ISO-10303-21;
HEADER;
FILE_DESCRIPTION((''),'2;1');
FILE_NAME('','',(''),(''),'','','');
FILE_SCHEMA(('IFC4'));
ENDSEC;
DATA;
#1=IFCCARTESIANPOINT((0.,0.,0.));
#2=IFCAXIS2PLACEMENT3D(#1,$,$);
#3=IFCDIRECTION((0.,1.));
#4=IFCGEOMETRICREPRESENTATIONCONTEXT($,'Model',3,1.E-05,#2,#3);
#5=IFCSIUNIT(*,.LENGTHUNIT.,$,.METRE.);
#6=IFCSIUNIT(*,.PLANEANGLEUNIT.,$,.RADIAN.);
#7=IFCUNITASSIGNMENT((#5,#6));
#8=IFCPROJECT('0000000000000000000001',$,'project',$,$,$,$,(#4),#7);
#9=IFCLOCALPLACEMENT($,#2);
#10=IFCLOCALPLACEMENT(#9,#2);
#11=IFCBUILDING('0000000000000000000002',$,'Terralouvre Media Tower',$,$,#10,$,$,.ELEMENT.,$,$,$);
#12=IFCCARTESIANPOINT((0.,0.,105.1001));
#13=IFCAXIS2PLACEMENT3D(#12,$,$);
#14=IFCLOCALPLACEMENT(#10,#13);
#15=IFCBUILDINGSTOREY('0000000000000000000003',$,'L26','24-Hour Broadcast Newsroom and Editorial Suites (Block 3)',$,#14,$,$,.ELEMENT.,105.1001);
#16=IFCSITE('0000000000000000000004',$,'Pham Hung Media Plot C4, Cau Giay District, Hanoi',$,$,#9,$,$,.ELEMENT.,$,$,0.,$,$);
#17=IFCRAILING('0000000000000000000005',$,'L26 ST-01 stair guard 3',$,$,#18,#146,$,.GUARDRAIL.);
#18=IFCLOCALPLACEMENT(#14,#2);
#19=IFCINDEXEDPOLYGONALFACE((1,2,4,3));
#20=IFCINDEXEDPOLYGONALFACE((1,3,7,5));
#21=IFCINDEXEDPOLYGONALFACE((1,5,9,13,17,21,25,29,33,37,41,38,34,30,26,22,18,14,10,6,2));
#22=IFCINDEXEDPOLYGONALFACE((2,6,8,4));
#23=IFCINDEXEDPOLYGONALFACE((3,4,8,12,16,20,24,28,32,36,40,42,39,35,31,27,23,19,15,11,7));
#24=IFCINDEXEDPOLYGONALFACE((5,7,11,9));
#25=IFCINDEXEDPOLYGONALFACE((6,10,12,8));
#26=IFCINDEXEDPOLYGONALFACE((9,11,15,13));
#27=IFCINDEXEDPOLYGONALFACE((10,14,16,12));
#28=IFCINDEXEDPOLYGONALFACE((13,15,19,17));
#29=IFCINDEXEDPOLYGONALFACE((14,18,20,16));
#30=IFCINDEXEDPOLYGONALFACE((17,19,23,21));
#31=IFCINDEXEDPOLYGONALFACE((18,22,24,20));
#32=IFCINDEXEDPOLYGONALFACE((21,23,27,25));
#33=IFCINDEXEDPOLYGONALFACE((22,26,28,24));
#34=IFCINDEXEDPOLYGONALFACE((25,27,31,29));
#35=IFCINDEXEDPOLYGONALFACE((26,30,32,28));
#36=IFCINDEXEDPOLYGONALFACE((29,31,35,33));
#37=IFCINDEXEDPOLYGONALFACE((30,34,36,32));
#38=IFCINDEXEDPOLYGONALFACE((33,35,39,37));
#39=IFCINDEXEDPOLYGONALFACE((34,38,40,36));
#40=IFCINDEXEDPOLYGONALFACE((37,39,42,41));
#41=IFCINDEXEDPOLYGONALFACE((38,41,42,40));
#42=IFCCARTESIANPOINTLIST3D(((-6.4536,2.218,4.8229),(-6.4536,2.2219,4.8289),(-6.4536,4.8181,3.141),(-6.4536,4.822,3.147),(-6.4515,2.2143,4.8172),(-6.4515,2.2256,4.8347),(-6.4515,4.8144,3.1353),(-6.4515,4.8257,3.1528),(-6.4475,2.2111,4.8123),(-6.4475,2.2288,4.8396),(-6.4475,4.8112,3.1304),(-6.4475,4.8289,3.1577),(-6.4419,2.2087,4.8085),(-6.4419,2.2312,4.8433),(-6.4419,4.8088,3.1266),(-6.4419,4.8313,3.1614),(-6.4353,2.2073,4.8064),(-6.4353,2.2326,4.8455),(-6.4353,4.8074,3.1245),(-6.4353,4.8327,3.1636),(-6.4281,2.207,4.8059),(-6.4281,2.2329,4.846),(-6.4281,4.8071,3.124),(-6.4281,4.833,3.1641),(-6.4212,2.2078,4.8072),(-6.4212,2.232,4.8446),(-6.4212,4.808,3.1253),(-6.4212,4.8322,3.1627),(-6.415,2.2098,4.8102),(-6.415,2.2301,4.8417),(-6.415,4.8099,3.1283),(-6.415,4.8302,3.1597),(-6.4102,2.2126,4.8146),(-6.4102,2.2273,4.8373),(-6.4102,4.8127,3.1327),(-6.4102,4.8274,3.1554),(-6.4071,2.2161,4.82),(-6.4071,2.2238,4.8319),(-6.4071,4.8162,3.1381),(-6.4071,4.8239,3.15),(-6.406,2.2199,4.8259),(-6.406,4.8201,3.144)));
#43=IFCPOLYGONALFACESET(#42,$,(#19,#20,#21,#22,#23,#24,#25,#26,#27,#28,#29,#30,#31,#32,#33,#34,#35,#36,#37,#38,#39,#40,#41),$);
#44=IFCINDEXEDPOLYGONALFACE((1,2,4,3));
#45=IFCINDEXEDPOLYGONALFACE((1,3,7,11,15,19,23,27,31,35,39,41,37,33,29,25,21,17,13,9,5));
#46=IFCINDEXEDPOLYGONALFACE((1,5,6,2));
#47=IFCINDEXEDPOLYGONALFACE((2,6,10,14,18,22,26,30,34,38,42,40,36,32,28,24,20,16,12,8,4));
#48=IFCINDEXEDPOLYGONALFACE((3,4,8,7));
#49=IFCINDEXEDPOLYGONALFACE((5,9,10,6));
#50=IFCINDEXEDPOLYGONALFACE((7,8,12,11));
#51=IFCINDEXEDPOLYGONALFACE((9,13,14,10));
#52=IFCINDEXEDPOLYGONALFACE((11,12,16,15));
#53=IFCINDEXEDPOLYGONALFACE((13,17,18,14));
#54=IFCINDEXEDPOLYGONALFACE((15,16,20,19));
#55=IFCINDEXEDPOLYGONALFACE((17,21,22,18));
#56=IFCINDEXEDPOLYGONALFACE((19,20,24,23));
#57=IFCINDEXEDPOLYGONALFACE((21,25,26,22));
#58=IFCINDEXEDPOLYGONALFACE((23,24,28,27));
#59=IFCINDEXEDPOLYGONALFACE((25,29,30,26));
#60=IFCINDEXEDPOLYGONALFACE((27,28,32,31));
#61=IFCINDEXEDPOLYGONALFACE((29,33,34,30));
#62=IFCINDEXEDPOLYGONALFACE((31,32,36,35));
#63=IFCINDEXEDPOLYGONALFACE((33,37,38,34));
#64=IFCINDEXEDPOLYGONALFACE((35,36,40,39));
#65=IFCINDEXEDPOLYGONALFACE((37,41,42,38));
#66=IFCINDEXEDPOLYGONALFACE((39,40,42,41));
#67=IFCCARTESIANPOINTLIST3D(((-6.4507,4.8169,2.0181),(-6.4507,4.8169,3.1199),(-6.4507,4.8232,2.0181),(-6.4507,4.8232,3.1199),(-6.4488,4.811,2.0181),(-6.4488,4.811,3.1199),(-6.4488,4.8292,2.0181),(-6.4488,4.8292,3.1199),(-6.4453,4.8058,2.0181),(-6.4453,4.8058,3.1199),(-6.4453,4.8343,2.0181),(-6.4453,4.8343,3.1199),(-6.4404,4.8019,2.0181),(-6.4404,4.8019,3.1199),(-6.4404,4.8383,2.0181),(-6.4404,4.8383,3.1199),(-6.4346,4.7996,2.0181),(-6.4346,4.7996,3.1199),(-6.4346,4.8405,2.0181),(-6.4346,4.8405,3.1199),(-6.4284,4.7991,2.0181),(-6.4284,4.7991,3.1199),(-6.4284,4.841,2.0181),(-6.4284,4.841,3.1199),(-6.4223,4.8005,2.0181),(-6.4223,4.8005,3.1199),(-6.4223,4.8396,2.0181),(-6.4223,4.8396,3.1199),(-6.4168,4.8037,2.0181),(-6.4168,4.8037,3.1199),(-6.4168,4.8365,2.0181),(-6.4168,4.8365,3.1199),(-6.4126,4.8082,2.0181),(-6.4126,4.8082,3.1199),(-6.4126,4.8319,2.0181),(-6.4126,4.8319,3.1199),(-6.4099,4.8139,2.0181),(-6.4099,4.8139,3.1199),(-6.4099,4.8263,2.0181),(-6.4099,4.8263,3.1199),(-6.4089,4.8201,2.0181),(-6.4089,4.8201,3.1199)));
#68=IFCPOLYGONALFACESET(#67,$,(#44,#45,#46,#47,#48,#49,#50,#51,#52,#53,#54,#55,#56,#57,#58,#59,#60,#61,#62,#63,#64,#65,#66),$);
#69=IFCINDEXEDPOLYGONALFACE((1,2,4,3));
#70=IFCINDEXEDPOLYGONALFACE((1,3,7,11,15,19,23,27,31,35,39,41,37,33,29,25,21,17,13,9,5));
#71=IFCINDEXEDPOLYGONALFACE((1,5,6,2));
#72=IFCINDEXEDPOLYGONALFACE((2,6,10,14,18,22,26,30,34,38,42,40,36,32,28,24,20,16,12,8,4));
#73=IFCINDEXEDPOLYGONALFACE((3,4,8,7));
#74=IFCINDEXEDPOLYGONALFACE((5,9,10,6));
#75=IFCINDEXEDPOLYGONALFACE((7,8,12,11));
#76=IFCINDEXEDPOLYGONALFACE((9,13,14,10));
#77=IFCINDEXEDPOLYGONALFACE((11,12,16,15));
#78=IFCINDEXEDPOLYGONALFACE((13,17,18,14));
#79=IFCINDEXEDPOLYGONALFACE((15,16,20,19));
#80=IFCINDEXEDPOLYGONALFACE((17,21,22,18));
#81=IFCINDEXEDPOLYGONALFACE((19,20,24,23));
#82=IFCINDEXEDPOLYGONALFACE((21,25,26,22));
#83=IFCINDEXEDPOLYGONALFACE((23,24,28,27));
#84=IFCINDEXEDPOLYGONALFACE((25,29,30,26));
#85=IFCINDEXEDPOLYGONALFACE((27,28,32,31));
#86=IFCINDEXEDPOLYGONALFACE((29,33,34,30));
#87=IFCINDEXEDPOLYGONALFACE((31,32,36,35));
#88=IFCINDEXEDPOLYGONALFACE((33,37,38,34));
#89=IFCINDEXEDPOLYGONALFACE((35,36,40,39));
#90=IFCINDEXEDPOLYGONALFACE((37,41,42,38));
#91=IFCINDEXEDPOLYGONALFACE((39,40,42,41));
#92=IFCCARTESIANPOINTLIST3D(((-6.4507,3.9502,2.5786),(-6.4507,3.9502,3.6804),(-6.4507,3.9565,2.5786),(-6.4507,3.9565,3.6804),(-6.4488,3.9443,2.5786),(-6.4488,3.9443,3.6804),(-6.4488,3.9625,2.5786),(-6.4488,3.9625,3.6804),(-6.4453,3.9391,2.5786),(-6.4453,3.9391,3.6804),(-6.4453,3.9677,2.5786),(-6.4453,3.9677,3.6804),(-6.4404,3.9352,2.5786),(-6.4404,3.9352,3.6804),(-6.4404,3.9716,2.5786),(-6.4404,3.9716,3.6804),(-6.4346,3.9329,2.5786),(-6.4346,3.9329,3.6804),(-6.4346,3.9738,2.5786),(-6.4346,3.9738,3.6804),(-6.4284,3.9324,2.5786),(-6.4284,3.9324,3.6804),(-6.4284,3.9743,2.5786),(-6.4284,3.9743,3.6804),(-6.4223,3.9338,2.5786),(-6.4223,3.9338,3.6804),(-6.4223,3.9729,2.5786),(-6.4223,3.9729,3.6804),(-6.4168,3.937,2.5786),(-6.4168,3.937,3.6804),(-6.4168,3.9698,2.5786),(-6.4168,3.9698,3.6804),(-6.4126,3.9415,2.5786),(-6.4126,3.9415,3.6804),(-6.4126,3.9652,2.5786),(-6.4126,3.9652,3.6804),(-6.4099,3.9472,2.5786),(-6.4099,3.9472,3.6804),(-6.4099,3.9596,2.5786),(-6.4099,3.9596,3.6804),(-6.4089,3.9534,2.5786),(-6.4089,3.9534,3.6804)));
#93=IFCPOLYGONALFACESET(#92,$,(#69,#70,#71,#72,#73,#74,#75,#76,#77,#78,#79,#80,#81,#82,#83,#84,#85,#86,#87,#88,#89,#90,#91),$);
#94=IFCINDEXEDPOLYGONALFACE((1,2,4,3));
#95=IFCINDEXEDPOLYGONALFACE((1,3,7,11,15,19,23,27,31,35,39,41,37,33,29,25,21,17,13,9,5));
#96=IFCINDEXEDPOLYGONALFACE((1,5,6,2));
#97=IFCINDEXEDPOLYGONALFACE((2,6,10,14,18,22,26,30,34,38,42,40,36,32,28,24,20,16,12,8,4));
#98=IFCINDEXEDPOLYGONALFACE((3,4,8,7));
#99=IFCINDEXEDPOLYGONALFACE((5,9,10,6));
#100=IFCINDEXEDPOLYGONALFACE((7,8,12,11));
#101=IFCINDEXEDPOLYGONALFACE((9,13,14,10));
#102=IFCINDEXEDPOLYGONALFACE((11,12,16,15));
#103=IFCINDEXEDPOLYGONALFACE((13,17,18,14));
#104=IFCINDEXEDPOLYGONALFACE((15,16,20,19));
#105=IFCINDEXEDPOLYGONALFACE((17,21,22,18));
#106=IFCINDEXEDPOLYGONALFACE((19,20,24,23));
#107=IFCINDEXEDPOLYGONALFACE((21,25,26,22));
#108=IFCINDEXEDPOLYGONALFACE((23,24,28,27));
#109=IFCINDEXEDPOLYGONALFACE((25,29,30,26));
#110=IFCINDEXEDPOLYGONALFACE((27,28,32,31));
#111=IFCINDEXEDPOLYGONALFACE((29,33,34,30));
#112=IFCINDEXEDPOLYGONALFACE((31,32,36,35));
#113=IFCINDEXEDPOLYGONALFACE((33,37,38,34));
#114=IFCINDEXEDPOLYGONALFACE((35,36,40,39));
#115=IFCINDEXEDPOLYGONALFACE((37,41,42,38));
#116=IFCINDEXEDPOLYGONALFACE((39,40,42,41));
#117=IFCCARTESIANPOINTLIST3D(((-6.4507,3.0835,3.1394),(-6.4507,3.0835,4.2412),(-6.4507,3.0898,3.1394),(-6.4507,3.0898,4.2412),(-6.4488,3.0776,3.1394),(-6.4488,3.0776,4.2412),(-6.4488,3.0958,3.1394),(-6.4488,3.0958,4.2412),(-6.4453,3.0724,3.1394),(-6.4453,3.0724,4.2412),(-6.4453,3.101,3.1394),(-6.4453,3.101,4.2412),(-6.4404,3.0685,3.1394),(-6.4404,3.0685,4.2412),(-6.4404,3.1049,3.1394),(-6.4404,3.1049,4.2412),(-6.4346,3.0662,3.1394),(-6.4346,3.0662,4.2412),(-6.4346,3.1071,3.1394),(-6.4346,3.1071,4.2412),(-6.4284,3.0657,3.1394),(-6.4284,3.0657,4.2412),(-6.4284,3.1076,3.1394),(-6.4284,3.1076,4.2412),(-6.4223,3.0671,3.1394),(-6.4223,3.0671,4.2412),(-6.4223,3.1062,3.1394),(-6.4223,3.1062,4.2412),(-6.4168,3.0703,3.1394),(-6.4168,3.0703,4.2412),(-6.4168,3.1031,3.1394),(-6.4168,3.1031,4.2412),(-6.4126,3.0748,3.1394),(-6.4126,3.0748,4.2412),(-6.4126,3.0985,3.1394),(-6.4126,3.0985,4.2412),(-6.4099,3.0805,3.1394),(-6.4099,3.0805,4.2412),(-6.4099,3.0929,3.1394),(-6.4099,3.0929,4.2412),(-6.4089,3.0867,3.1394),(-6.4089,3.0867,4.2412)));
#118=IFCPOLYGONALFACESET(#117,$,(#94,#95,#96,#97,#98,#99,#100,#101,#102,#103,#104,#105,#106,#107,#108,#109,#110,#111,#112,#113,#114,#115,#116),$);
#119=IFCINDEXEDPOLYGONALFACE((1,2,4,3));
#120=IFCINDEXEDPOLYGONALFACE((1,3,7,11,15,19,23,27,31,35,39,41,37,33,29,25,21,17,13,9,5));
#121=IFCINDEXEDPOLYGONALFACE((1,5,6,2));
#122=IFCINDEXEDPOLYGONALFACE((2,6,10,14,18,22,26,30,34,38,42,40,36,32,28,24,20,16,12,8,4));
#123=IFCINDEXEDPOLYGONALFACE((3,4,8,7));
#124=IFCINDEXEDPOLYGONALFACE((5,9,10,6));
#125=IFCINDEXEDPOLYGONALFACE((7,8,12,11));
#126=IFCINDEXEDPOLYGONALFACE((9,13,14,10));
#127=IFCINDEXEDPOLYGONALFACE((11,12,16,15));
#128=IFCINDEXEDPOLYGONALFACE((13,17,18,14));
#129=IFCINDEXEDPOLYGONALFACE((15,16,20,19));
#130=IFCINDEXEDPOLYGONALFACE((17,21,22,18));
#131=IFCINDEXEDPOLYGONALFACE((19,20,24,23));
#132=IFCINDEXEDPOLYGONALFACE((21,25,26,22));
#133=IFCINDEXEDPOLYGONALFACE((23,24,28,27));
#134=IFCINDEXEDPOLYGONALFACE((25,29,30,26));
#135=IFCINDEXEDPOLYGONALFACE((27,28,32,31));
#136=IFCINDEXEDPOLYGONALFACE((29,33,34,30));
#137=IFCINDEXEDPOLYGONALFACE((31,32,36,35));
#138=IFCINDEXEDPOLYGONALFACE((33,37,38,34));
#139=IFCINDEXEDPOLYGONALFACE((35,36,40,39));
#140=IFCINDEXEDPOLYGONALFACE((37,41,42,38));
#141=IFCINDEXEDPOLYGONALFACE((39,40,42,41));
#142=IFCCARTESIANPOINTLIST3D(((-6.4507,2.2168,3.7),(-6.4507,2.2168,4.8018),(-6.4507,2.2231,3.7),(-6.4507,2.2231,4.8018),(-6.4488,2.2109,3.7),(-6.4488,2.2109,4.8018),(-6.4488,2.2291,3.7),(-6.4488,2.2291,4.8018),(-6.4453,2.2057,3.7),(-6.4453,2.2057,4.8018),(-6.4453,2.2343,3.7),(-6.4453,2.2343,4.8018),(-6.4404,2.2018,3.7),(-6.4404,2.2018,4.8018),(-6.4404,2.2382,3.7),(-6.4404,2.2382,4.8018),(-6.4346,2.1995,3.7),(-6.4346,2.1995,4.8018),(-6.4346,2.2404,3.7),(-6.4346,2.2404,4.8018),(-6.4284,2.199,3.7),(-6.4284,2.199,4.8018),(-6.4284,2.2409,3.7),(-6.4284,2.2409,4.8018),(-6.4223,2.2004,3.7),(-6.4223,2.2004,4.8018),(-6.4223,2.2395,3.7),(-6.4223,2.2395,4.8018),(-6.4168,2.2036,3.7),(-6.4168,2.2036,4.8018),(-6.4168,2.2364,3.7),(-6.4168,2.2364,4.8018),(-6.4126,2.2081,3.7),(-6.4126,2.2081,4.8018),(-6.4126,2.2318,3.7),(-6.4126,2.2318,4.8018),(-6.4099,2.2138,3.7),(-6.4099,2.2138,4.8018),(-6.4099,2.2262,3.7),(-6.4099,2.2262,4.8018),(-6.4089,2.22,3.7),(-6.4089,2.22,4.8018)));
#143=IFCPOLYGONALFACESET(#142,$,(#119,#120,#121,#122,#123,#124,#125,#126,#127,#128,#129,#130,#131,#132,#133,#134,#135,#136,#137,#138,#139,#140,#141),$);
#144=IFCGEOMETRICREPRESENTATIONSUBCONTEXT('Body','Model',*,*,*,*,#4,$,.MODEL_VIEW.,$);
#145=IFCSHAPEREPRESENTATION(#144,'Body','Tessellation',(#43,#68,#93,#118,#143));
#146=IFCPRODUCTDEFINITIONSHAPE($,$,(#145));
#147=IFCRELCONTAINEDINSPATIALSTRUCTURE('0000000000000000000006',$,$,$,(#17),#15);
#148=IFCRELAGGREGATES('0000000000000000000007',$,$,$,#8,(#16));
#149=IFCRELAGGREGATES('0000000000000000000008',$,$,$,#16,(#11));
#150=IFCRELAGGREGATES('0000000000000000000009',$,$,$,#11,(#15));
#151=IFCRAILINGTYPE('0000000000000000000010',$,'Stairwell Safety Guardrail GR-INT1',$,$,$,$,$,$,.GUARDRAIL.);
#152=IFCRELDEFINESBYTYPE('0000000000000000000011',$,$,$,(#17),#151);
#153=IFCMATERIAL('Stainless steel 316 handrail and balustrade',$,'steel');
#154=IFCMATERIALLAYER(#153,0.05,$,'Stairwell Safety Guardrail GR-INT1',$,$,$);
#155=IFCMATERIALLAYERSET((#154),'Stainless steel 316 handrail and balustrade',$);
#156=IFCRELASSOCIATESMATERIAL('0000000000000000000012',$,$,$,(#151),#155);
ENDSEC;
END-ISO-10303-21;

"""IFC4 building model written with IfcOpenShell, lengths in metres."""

from ifc_helpers import new_model, si_unit, direction, frame, origin, origin_2d, place, context, subcontext, project, spatial, circle, extrude, material, layer, layer_set, type_object, element, save


model = new_model("IFC4")

# Units and contexts
model_context = context("Model", 3, precision=1e-05, world=origin(), true_north=direction((0.0, 1.0)))
body_context = subcontext(model_context, "Body", "Model", "MODEL_VIEW")
ifc_project = project(units=[si_unit("LENGTHUNIT", "METRE"), si_unit("PLANEANGLEUNIT", "RADIAN")], contexts=[model_context])

# Site, building, storey
site_placement = place(None, origin())
site = spatial("IfcSite", under=ifc_project, at=site_placement, Name="Pham Hung Media Plot C4, Cau Giay District, Hanoi", CompositionType="ELEMENT", RefElevation=0.0)
building_placement = place(site_placement, origin())
building = spatial("IfcBuilding", under=site, at=building_placement, Name="Terralouvre Media Tower", CompositionType="ELEMENT")
storey_placement = place(building_placement, frame((0.0, 0.0, 105.1001)))
storey = spatial("IfcBuildingStorey", under=building, at=storey_placement, Name="L26", Description="24-Hour Broadcast Newsroom and Editorial Suites (Block 3)", CompositionType="ELEMENT", Elevation=105.1001)

# Railing
ifc_material_1 = material(Name="Stainless steel 316 handrail and balustrade", Category="steel")
ifc_layer_1 = layer(ifc_material_1, 0.05, Name="Stairwell Safety Guardrail GR-INT1")
ifc_layer_set_1 = layer_set([ifc_layer_1], Name="Stainless steel 316 handrail and balustrade")
railing_type_1 = type_object("IfcRailingType", Name="Stairwell Safety Guardrail GR-INT1", PredefinedType="GUARDRAIL", material=ifc_layer_set_1)
railing_1_placement = place(storey_placement, frame((-6.4299, 4.8201, 2.0181)))
element("IfcRailing", 1, at=railing_1_placement, inside=storey, type_object=railing_type_1, Name="L26 ST-01 stair guard 3", PredefinedType="GUARDRAIL", context=body_context, shape_type="SweptSolid", body=[
    extrude(circle(Radius=0.0239, at=origin_2d()), frame((0.0, 0.0, 1.126), z_axis=(0.0, -0.839648, 0.54313), x_axis=(1.0, 0.0, 0.0)), (0.0, 0.0, 1.0), 3.0967),
    extrude(circle(Radius=0.021, at=origin_2d()), origin(), (0.0, 0.0, 1.0), 1.1018),
    extrude(circle(Radius=0.021, at=origin_2d()), frame((0.0, -0.8667, 0.5605)), (0.0, 0.0, 1.0), 1.1018),
    extrude(circle(Radius=0.021, at=origin_2d()), frame((0.0, -1.7334, 1.1213)), (0.0, 0.0, 1.0), 1.1018),
    extrude(circle(Radius=0.021, at=origin_2d()), frame((0.0, -2.6001, 1.6819)), (0.0, 0.0, 1.0), 1.1018),
])

save(model, "model.ifc")
